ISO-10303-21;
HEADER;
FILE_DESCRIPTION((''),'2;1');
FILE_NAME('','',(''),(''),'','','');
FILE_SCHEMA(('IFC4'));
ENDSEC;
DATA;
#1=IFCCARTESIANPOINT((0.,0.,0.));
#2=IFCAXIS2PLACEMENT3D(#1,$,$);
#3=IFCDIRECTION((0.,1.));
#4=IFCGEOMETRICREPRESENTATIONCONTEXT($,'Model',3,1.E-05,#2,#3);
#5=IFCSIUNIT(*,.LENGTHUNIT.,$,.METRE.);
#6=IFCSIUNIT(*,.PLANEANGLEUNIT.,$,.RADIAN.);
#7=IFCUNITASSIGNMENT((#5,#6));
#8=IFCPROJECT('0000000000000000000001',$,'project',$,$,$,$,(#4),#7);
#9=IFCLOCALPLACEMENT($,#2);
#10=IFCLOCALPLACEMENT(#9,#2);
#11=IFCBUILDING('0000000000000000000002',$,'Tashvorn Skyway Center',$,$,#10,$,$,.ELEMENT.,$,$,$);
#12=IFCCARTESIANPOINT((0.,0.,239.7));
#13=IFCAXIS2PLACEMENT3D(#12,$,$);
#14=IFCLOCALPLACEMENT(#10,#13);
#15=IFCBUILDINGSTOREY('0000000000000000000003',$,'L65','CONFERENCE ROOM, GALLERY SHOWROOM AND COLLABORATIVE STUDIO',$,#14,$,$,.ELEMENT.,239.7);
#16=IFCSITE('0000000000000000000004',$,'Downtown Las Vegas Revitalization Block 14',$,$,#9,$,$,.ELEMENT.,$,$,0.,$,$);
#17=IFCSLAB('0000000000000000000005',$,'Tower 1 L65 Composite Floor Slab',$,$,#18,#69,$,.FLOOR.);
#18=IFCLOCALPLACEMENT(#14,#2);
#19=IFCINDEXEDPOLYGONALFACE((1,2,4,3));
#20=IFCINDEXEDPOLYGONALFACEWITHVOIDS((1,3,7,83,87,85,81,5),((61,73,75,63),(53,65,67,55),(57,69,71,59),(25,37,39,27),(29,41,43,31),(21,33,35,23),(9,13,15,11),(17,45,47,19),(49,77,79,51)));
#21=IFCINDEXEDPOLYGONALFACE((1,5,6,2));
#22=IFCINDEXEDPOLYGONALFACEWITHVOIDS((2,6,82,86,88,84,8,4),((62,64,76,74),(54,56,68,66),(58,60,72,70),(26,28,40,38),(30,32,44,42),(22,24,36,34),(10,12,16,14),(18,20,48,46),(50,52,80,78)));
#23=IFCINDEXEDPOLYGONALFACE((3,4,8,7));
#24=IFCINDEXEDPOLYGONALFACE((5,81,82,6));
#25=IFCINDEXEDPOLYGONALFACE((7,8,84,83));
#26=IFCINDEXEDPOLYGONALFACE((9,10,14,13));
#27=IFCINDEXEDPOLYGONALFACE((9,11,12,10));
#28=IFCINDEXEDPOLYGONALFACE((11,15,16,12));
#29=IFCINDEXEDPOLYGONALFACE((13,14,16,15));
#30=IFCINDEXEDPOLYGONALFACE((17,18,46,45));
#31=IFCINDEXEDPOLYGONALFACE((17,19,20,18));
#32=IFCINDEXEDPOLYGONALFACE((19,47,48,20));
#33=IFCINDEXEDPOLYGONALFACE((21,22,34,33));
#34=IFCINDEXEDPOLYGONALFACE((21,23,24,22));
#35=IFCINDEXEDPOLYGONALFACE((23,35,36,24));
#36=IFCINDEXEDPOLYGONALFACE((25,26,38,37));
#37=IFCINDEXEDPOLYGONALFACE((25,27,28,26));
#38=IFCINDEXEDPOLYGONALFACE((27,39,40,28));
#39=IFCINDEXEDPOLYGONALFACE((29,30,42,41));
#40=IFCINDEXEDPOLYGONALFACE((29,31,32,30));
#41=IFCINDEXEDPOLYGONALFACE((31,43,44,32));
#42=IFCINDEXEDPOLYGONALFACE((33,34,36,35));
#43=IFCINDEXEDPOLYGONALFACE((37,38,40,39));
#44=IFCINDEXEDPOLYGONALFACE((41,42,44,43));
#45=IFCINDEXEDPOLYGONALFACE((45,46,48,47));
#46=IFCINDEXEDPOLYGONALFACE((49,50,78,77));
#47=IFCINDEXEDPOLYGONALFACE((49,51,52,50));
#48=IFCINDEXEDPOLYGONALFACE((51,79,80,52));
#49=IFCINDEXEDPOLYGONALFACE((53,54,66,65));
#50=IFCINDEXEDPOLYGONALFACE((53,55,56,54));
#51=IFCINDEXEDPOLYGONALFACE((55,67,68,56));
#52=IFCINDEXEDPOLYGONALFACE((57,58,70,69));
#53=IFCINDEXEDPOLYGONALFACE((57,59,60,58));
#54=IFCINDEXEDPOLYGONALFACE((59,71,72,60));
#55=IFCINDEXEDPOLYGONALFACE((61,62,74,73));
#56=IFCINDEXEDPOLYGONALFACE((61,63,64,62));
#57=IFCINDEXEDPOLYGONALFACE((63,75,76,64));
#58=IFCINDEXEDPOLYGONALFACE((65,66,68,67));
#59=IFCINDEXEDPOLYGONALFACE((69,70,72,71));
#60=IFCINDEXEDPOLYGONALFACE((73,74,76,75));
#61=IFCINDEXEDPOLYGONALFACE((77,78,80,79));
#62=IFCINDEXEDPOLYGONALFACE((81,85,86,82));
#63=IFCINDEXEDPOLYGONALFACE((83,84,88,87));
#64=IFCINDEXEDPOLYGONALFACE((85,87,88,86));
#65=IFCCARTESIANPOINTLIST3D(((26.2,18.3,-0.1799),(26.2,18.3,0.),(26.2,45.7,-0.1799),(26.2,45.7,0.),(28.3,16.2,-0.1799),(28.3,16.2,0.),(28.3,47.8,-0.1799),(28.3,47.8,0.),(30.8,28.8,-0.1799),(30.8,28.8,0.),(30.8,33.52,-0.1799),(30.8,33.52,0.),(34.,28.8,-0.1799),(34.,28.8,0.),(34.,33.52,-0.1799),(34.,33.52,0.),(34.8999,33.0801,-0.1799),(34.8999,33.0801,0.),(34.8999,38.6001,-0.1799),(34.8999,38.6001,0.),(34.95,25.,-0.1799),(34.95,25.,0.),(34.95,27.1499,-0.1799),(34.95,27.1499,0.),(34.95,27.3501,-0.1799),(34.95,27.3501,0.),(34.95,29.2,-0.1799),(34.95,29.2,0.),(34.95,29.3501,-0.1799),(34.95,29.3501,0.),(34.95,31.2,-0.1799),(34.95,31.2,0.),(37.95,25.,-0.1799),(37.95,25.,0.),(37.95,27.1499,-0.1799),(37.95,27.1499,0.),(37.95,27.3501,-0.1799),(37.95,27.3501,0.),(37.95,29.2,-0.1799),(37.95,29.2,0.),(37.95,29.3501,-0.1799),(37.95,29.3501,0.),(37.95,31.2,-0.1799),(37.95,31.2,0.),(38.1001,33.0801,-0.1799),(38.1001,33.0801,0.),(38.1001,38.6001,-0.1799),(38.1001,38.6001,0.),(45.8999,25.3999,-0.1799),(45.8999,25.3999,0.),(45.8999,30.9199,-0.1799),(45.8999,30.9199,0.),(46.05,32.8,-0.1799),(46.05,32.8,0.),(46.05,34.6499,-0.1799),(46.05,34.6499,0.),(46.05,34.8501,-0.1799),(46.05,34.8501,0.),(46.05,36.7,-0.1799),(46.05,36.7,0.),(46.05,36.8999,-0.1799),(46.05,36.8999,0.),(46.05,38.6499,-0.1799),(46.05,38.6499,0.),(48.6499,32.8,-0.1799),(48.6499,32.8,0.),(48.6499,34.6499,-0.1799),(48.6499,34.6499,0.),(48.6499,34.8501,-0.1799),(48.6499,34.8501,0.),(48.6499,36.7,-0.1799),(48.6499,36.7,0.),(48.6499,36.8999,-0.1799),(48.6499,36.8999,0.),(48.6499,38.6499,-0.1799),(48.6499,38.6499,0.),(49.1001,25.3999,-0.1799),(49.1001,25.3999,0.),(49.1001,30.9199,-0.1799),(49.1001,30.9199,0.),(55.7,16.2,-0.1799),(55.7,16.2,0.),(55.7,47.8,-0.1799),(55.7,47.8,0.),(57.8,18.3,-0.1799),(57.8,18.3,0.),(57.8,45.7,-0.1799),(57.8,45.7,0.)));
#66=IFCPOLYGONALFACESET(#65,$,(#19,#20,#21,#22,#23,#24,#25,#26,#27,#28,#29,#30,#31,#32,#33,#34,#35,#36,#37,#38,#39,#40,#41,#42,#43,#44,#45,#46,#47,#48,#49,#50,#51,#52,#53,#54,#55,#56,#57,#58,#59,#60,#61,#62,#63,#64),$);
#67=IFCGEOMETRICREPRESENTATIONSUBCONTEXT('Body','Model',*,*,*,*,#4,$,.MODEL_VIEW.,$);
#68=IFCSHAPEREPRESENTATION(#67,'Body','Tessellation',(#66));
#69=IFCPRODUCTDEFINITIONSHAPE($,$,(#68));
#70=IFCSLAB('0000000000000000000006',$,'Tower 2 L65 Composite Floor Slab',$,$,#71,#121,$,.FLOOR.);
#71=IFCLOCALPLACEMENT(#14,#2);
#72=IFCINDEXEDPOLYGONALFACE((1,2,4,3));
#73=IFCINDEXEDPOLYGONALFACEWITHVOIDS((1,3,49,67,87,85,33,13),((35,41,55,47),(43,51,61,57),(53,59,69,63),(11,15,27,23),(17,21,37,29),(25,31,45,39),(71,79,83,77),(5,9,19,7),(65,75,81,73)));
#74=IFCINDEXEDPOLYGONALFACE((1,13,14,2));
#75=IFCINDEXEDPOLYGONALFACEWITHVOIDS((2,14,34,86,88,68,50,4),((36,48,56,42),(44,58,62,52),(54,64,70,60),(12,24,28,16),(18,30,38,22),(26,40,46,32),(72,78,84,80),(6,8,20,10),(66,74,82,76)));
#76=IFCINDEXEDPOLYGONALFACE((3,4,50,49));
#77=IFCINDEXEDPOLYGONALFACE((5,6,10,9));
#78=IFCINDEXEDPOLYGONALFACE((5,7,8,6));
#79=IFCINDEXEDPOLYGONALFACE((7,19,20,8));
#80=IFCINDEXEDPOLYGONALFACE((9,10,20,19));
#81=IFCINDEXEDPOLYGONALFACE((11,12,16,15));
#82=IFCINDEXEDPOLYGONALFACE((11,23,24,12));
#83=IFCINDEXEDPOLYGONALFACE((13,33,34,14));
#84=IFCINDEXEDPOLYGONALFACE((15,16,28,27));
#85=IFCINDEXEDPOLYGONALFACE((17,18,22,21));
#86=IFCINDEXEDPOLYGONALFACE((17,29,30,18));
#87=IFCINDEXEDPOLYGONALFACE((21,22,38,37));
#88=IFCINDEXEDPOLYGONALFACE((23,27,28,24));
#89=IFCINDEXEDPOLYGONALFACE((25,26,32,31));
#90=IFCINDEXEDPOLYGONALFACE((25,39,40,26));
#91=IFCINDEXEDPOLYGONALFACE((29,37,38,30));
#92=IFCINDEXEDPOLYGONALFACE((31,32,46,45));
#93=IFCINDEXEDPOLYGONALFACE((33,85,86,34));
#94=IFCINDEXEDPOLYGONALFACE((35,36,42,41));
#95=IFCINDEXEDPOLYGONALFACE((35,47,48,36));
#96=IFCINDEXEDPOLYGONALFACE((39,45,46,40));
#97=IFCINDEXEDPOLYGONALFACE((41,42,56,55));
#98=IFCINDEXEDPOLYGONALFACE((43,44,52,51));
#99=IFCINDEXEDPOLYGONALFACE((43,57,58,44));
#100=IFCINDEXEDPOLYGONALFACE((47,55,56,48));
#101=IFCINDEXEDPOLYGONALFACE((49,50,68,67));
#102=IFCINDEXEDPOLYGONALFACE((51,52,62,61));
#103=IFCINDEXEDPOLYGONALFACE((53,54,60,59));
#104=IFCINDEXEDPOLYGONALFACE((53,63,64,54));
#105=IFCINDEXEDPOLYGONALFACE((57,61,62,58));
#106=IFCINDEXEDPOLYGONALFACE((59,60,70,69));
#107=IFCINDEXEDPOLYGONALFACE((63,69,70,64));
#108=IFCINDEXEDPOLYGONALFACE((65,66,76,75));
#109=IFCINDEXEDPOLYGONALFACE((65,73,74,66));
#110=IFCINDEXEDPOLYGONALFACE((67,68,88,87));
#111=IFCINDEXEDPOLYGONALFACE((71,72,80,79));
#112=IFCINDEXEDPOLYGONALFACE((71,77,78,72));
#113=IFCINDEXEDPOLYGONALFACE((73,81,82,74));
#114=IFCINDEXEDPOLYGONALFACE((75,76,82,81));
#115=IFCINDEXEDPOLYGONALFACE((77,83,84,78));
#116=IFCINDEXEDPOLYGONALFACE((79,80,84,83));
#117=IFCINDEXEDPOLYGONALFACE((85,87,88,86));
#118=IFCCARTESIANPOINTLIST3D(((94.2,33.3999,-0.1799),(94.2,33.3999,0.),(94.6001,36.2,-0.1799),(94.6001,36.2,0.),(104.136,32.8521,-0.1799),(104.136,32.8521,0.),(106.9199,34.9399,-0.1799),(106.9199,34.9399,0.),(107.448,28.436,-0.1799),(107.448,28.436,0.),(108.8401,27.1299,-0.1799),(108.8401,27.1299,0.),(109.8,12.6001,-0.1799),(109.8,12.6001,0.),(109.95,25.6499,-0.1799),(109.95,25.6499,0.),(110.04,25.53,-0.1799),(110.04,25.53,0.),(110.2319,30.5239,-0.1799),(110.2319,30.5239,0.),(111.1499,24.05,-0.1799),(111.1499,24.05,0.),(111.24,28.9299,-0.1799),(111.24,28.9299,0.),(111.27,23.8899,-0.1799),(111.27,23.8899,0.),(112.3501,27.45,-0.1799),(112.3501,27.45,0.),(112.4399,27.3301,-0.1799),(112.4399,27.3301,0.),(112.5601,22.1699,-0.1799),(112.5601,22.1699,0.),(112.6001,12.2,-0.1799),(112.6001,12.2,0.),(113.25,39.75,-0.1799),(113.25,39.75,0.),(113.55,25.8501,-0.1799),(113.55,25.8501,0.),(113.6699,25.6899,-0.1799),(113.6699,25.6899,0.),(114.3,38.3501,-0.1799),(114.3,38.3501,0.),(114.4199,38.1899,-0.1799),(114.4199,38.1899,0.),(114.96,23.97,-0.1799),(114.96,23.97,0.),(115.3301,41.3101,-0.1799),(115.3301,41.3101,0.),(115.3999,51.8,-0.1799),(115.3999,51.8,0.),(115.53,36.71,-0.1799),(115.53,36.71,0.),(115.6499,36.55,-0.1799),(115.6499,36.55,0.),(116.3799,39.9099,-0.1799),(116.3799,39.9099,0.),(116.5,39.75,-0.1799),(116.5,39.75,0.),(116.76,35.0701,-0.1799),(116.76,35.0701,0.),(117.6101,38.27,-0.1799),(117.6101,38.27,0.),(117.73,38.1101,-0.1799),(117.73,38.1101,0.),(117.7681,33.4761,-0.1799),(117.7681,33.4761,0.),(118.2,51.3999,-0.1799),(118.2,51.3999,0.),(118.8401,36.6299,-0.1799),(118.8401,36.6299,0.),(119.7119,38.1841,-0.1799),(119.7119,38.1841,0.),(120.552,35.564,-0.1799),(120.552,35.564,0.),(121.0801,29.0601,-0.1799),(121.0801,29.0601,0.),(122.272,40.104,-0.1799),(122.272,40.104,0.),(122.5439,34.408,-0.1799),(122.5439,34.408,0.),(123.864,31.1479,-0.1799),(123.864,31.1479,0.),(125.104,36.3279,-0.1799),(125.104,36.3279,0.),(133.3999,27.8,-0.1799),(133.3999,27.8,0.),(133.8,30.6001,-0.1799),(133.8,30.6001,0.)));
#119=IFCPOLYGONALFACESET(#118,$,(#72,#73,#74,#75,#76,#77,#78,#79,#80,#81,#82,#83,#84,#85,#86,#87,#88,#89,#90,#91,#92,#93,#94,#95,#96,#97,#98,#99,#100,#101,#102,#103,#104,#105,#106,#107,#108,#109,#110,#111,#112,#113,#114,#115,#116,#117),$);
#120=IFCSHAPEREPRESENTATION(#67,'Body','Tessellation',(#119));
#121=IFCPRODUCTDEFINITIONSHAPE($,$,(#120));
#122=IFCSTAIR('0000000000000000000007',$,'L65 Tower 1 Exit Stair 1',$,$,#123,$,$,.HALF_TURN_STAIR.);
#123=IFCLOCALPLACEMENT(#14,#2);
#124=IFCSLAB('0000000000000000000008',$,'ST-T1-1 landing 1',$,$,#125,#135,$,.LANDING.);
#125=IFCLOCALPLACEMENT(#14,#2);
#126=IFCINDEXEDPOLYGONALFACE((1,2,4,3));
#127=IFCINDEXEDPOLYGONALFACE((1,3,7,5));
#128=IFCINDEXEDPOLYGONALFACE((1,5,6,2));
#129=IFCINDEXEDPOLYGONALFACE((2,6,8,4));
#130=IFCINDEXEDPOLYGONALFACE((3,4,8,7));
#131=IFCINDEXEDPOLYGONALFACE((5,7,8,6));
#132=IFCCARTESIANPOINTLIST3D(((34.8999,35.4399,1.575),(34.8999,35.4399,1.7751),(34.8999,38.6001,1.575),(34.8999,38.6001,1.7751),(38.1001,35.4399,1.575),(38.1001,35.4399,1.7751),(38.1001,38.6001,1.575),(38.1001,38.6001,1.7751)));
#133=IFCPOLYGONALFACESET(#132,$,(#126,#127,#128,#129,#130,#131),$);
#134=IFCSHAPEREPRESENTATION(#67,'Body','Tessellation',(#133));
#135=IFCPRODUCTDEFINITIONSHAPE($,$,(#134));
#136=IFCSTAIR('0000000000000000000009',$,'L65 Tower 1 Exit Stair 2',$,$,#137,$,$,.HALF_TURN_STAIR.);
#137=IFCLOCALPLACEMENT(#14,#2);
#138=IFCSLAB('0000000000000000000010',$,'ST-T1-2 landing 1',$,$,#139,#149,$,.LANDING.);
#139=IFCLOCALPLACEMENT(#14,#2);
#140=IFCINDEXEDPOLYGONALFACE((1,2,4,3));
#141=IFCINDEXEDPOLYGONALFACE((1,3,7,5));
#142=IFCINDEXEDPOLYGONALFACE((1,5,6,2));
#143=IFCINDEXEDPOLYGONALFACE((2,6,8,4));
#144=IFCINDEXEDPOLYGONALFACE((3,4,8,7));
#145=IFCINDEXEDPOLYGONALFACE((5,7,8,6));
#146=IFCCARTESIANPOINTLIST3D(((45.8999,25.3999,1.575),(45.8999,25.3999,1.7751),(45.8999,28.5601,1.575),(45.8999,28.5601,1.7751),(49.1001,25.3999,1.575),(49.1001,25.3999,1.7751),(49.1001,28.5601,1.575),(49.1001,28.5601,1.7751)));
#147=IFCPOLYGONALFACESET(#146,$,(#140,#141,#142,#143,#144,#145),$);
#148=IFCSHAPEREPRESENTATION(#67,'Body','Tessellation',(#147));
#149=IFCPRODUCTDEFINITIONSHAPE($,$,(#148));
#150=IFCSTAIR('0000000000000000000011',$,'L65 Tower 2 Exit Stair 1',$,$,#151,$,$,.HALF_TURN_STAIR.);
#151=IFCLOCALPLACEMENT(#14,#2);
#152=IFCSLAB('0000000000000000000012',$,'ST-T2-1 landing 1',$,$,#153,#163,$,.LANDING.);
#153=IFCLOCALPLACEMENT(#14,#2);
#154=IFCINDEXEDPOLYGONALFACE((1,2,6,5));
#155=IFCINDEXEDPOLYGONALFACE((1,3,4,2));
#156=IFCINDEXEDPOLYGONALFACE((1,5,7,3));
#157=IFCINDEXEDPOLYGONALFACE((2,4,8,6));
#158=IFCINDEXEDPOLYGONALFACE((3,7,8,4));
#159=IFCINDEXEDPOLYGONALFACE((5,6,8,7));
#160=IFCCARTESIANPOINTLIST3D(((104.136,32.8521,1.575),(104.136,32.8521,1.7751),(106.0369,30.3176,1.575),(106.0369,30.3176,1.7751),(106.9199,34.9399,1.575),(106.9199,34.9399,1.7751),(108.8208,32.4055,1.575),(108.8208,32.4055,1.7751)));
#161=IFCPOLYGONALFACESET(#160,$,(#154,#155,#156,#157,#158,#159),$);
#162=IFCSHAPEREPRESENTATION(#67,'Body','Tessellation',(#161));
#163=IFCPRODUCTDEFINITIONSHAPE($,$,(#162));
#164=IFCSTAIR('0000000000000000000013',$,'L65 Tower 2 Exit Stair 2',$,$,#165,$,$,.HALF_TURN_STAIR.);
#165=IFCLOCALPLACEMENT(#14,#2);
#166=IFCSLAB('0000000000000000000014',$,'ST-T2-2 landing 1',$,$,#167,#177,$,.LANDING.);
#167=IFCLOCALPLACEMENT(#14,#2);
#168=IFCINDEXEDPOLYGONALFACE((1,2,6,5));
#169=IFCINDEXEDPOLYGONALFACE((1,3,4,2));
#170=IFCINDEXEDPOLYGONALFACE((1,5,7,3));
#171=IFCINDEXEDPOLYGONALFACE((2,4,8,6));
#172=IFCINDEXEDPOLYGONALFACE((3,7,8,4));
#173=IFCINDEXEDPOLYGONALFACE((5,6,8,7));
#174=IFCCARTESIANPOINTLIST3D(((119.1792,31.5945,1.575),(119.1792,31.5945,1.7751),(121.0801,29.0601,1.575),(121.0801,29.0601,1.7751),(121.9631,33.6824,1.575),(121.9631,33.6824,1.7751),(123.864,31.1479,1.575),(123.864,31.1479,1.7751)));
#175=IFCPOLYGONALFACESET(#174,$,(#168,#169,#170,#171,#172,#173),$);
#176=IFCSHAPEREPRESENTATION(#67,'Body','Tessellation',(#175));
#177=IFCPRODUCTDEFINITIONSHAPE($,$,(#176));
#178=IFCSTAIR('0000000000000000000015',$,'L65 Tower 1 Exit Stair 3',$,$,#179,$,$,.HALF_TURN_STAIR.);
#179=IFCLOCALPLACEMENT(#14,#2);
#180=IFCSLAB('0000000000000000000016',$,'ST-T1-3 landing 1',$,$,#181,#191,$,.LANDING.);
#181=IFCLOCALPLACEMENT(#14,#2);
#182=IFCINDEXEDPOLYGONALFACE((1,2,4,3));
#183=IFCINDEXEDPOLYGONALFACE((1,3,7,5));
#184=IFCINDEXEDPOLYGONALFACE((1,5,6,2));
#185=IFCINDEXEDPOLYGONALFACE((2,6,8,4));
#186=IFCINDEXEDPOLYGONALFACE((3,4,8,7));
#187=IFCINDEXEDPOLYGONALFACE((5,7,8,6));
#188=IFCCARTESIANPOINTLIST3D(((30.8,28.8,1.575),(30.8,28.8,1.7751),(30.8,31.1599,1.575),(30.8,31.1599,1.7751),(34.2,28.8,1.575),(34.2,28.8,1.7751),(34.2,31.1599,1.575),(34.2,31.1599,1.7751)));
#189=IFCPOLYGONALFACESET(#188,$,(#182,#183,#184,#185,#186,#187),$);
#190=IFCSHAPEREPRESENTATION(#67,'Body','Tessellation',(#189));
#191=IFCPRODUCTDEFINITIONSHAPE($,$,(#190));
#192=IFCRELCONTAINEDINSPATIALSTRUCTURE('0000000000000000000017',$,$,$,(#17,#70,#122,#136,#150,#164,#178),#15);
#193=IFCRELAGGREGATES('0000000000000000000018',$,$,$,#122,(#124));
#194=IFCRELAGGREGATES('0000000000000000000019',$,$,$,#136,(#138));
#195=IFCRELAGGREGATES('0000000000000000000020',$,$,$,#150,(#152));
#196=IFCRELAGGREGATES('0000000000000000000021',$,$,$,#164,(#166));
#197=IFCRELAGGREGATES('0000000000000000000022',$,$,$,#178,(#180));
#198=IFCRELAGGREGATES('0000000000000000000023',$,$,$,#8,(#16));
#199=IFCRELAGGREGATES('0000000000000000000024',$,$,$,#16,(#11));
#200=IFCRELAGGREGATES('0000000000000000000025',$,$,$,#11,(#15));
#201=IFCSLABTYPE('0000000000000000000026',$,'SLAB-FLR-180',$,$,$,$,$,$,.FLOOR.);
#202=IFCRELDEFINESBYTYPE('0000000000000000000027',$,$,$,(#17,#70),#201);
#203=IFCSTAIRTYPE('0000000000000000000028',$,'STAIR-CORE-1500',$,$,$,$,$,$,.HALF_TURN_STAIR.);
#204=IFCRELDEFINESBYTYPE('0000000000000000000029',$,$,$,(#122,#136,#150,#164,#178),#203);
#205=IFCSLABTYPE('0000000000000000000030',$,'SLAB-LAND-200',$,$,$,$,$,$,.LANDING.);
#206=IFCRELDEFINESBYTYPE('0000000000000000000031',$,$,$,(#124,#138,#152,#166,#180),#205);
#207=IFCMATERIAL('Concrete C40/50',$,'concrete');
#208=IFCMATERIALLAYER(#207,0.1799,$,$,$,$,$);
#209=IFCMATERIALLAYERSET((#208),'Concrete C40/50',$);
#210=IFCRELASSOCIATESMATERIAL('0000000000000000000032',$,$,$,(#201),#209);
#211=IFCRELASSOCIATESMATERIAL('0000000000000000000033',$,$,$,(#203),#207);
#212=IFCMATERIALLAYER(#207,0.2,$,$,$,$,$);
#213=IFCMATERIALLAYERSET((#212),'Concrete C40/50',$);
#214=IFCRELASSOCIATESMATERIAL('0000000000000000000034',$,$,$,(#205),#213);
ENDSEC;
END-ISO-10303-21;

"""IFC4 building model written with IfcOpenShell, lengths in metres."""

from ifc_helpers import new_model, si_unit, direction, frame, origin, place, context, subcontext, project, spatial, polyline, outline, extrude, material, layer, layer_set, type_object, element, aggregate, save


model = new_model("IFC4")

# Units and contexts
model_context = context("Model", 3, precision=1e-05, world=origin(), true_north=direction((0.0, 1.0)))
body_context = subcontext(model_context, "Body", "Model", "MODEL_VIEW")
ifc_project = project(units=[si_unit("LENGTHUNIT", "METRE"), si_unit("PLANEANGLEUNIT", "RADIAN")], contexts=[model_context])

# Site, building, storey
site_placement = place(None, origin())
site = spatial("IfcSite", under=ifc_project, at=site_placement, Name="Downtown Las Vegas Revitalization Block 14", CompositionType="ELEMENT", RefElevation=0.0)
building_placement = place(site_placement, origin())
building = spatial("IfcBuilding", under=site, at=building_placement, Name="Tashvorn Skyway Center", CompositionType="ELEMENT")
storey_placement = place(building_placement, frame((0.0, 0.0, 239.7)))
storey = spatial("IfcBuildingStorey", under=building, at=storey_placement, Name="L65", Description="CONFERENCE ROOM, GALLERY SHOWROOM AND COLLABORATIVE STUDIO", CompositionType="ELEMENT", Elevation=239.7)

# Slabs
ifc_material_1 = material(Name="Concrete C40/50", Category="concrete")
ifc_layer_1 = layer(ifc_material_1, 0.1799)
ifc_layer_set_1 = layer_set([ifc_layer_1], Name="Concrete C40/50")
slab_type_1 = type_object("IfcSlabType", Name="SLAB-FLR-180", PredefinedType="FLOOR", material=ifc_layer_set_1)
slab_1_placement = place(storey_placement, frame((0.0, 0.0, -0.1799)))
element("IfcSlab", 1, at=slab_1_placement, inside=storey, type_object=slab_type_1, Name="Tower 1 L65 Composite Floor Slab", PredefinedType="FLOOR", context=body_context, shape_type="SweptSolid", body=[
    extrude(outline(polyline([(28.3, 16.2), (55.7, 16.2), (57.8, 18.3), (57.8, 45.7), (55.7, 47.8), (28.3, 47.8), (26.2, 45.7), (26.2, 18.3), (28.3, 16.2)]), holes=[polyline([(38.1001, 33.0801), (38.1001, 38.6001), (34.8999, 38.6001), (34.8999, 33.0801), (38.1001, 33.0801)]), polyline([(45.8999, 30.9199), (45.8999, 25.3999), (49.1001, 25.3999), (49.1001, 30.9199), (45.8999, 30.9199)]), polyline([(30.8, 33.52), (30.8, 28.8), (34.0, 28.8), (34.0, 33.52), (30.8, 33.52)]), polyline([(34.95, 29.3501), (37.95, 29.3501), (37.95, 31.2), (34.95, 31.2), (34.95, 29.3501)]), polyline([(34.95, 27.3501), (37.95, 27.3501), (37.95, 29.2), (34.95, 29.2), (34.95, 27.3501)]), polyline([(34.95, 25.0), (37.95, 25.0), (37.95, 27.1499), (34.95, 27.1499), (34.95, 25.0)]), polyline([(46.05, 32.8), (48.6499, 32.8), (48.6499, 34.6499), (46.05, 34.6499), (46.05, 32.8)]), polyline([(46.05, 34.8501), (48.6499, 34.8501), (48.6499, 36.7), (46.05, 36.7), (46.05, 34.8501)]), polyline([(46.05, 36.8999), (48.6499, 36.8999), (48.6499, 38.6499), (46.05, 38.6499), (46.05, 36.8999)])]), origin(), (0.0, 0.0, 1.0), 0.1799),
])
slab_2_placement = place(storey_placement, frame((0.0, 0.0, -0.1799)))
element("IfcSlab", 2, at=slab_2_placement, inside=storey, type_object=slab_type_1, Name="Tower 2 L65 Composite Floor Slab", PredefinedType="FLOOR", context=body_context, shape_type="SweptSolid", body=[
    extrude(outline(polyline([(112.6001, 12.2), (133.3999, 27.8), (133.8, 30.6001), (118.2, 51.3999), (115.3999, 51.8), (94.6001, 36.2), (94.2, 33.3999), (109.8, 12.6001), (112.6001, 12.2)]), holes=[polyline([(110.2319, 30.5239), (106.9199, 34.9399), (104.136, 32.8521), (107.448, 28.436), (110.2319, 30.5239)]), polyline([(117.7681, 33.4761), (121.0801, 29.0601), (123.864, 31.1479), (120.552, 35.564), (117.7681, 33.4761)]), polyline([(119.7119, 38.1841), (122.5439, 34.408), (125.104, 36.3279), (122.272, 40.104), (119.7119, 38.1841)]), polyline([(109.95, 25.6499), (112.3501, 27.45), (111.24, 28.9299), (108.8401, 27.1299), (109.95, 25.6499)]), polyline([(111.1499, 24.05), (113.55, 25.8501), (112.4399, 27.3301), (110.04, 25.53), (111.1499, 24.05)]), polyline([(112.5601, 22.1699), (114.96, 23.97), (113.6699, 25.6899), (111.27, 23.8899), (112.5601, 22.1699)]), polyline([(116.76, 35.0701), (118.8401, 36.6299), (117.73, 38.1101), (115.6499, 36.55), (116.76, 35.0701)]), polyline([(115.53, 36.71), (117.6101, 38.27), (116.5, 39.75), (114.4199, 38.1899), (115.53, 36.71)]), polyline([(114.3, 38.3501), (116.3799, 39.9099), (115.3301, 41.3101), (113.25, 39.75), (114.3, 38.3501)])]), origin(), (0.0, 0.0, 1.0), 0.1799),
])

# Stairs, slabs
stair_type = type_object("IfcStairType", Name="STAIR-CORE-1500", PredefinedType="HALF_TURN_STAIR", material=ifc_material_1)
stair_1_placement = place(storey_placement, origin())
stair_1 = element("IfcStair", 3, at=stair_1_placement, inside=storey, type_object=stair_type, Name="L65 Tower 1 Exit Stair 1", PredefinedType="HALF_TURN_STAIR")
ifc_layer_2 = layer(ifc_material_1, 0.2)
ifc_layer_set_2 = layer_set([ifc_layer_2], Name="Concrete C40/50")
slab_type_2 = type_object("IfcSlabType", Name="SLAB-LAND-200", PredefinedType="LANDING", material=ifc_layer_set_2)
slab_3_placement = place(storey_placement, frame((0.0, 0.0, 1.575)))
slab_3 = element("IfcSlab", 4, at=slab_3_placement, type_object=slab_type_2, Name="ST-T1-1 landing 1", PredefinedType="LANDING", context=body_context, shape_type="SweptSolid", body=[
    extrude(outline(polyline([(38.1001, 35.4399), (38.1001, 38.6001), (34.8999, 38.6001), (34.8999, 35.4399), (38.1001, 35.4399)])), origin(), (0.0, 0.0, 1.0), 0.2002),
])
aggregate(stair_1, [slab_3])
stair_2_placement = place(storey_placement, origin())
stair_2 = element("IfcStair", 5, at=stair_2_placement, inside=storey, type_object=stair_type, Name="L65 Tower 1 Exit Stair 2", PredefinedType="HALF_TURN_STAIR")
slab_4_placement = place(storey_placement, frame((0.0, 0.0, 1.575)))
slab_4 = element("IfcSlab", 6, at=slab_4_placement, type_object=slab_type_2, Name="ST-T1-2 landing 1", PredefinedType="LANDING", context=body_context, shape_type="SweptSolid", body=[
    extrude(outline(polyline([(45.8999, 28.5601), (45.8999, 25.3999), (49.1001, 25.3999), (49.1001, 28.5601), (45.8999, 28.5601)])), origin(), (0.0, 0.0, 1.0), 0.2002),
])
aggregate(stair_2, [slab_4])
stair_3_placement = place(storey_placement, origin())
stair_3 = element("IfcStair", 7, at=stair_3_placement, inside=storey, type_object=stair_type, Name="L65 Tower 2 Exit Stair 1", PredefinedType="HALF_TURN_STAIR")
slab_5_placement = place(storey_placement, frame((0.0, 0.0, 1.575)))
slab_5 = element("IfcSlab", 8, at=slab_5_placement, type_object=slab_type_2, Name="ST-T2-1 landing 1", PredefinedType="LANDING", context=body_context, shape_type="SweptSolid", body=[
    extrude(outline(polyline([(108.8208, 32.4055), (106.9199, 34.9399), (104.136, 32.8521), (106.0369, 30.3176), (108.8208, 32.4055)])), origin(), (0.0, 0.0, 1.0), 0.2002),
])
aggregate(stair_3, [slab_5])
stair_4_placement = place(storey_placement, origin())
stair_4 = element("IfcStair", 9, at=stair_4_placement, inside=storey, type_object=stair_type, Name="L65 Tower 2 Exit Stair 2", PredefinedType="HALF_TURN_STAIR")
slab_6_placement = place(storey_placement, frame((0.0, 0.0, 1.575)))
slab_6 = element("IfcSlab", 10, at=slab_6_placement, type_object=slab_type_2, Name="ST-T2-2 landing 1", PredefinedType="LANDING", context=body_context, shape_type="SweptSolid", body=[
    extrude(outline(polyline([(119.1792, 31.5945), (121.0801, 29.0601), (123.864, 31.1479), (121.9631, 33.6824), (119.1792, 31.5945)])), origin(), (0.0, 0.0, 1.0), 0.2002),
])
aggregate(stair_4, [slab_6])
stair_5_placement = place(storey_placement, origin())
stair_5 = element("IfcStair", 11, at=stair_5_placement, inside=storey, type_object=stair_type, Name="L65 Tower 1 Exit Stair 3", PredefinedType="HALF_TURN_STAIR")
slab_7_placement = place(storey_placement, frame((0.0, 0.0, 1.575)))
slab_7 = element("IfcSlab", 12, at=slab_7_placement, type_object=slab_type_2, Name="ST-T1-3 landing 1", PredefinedType="LANDING", context=body_context, shape_type="SweptSolid", body=[
    extrude(outline(polyline([(30.8, 31.1599), (30.8, 28.8), (34.2, 28.8), (34.2, 31.1599), (30.8, 31.1599)])), origin(), (0.0, 0.0, 1.0), 0.2002),
])
aggregate(stair_5, [slab_7])

save(model, "model.ifc")
